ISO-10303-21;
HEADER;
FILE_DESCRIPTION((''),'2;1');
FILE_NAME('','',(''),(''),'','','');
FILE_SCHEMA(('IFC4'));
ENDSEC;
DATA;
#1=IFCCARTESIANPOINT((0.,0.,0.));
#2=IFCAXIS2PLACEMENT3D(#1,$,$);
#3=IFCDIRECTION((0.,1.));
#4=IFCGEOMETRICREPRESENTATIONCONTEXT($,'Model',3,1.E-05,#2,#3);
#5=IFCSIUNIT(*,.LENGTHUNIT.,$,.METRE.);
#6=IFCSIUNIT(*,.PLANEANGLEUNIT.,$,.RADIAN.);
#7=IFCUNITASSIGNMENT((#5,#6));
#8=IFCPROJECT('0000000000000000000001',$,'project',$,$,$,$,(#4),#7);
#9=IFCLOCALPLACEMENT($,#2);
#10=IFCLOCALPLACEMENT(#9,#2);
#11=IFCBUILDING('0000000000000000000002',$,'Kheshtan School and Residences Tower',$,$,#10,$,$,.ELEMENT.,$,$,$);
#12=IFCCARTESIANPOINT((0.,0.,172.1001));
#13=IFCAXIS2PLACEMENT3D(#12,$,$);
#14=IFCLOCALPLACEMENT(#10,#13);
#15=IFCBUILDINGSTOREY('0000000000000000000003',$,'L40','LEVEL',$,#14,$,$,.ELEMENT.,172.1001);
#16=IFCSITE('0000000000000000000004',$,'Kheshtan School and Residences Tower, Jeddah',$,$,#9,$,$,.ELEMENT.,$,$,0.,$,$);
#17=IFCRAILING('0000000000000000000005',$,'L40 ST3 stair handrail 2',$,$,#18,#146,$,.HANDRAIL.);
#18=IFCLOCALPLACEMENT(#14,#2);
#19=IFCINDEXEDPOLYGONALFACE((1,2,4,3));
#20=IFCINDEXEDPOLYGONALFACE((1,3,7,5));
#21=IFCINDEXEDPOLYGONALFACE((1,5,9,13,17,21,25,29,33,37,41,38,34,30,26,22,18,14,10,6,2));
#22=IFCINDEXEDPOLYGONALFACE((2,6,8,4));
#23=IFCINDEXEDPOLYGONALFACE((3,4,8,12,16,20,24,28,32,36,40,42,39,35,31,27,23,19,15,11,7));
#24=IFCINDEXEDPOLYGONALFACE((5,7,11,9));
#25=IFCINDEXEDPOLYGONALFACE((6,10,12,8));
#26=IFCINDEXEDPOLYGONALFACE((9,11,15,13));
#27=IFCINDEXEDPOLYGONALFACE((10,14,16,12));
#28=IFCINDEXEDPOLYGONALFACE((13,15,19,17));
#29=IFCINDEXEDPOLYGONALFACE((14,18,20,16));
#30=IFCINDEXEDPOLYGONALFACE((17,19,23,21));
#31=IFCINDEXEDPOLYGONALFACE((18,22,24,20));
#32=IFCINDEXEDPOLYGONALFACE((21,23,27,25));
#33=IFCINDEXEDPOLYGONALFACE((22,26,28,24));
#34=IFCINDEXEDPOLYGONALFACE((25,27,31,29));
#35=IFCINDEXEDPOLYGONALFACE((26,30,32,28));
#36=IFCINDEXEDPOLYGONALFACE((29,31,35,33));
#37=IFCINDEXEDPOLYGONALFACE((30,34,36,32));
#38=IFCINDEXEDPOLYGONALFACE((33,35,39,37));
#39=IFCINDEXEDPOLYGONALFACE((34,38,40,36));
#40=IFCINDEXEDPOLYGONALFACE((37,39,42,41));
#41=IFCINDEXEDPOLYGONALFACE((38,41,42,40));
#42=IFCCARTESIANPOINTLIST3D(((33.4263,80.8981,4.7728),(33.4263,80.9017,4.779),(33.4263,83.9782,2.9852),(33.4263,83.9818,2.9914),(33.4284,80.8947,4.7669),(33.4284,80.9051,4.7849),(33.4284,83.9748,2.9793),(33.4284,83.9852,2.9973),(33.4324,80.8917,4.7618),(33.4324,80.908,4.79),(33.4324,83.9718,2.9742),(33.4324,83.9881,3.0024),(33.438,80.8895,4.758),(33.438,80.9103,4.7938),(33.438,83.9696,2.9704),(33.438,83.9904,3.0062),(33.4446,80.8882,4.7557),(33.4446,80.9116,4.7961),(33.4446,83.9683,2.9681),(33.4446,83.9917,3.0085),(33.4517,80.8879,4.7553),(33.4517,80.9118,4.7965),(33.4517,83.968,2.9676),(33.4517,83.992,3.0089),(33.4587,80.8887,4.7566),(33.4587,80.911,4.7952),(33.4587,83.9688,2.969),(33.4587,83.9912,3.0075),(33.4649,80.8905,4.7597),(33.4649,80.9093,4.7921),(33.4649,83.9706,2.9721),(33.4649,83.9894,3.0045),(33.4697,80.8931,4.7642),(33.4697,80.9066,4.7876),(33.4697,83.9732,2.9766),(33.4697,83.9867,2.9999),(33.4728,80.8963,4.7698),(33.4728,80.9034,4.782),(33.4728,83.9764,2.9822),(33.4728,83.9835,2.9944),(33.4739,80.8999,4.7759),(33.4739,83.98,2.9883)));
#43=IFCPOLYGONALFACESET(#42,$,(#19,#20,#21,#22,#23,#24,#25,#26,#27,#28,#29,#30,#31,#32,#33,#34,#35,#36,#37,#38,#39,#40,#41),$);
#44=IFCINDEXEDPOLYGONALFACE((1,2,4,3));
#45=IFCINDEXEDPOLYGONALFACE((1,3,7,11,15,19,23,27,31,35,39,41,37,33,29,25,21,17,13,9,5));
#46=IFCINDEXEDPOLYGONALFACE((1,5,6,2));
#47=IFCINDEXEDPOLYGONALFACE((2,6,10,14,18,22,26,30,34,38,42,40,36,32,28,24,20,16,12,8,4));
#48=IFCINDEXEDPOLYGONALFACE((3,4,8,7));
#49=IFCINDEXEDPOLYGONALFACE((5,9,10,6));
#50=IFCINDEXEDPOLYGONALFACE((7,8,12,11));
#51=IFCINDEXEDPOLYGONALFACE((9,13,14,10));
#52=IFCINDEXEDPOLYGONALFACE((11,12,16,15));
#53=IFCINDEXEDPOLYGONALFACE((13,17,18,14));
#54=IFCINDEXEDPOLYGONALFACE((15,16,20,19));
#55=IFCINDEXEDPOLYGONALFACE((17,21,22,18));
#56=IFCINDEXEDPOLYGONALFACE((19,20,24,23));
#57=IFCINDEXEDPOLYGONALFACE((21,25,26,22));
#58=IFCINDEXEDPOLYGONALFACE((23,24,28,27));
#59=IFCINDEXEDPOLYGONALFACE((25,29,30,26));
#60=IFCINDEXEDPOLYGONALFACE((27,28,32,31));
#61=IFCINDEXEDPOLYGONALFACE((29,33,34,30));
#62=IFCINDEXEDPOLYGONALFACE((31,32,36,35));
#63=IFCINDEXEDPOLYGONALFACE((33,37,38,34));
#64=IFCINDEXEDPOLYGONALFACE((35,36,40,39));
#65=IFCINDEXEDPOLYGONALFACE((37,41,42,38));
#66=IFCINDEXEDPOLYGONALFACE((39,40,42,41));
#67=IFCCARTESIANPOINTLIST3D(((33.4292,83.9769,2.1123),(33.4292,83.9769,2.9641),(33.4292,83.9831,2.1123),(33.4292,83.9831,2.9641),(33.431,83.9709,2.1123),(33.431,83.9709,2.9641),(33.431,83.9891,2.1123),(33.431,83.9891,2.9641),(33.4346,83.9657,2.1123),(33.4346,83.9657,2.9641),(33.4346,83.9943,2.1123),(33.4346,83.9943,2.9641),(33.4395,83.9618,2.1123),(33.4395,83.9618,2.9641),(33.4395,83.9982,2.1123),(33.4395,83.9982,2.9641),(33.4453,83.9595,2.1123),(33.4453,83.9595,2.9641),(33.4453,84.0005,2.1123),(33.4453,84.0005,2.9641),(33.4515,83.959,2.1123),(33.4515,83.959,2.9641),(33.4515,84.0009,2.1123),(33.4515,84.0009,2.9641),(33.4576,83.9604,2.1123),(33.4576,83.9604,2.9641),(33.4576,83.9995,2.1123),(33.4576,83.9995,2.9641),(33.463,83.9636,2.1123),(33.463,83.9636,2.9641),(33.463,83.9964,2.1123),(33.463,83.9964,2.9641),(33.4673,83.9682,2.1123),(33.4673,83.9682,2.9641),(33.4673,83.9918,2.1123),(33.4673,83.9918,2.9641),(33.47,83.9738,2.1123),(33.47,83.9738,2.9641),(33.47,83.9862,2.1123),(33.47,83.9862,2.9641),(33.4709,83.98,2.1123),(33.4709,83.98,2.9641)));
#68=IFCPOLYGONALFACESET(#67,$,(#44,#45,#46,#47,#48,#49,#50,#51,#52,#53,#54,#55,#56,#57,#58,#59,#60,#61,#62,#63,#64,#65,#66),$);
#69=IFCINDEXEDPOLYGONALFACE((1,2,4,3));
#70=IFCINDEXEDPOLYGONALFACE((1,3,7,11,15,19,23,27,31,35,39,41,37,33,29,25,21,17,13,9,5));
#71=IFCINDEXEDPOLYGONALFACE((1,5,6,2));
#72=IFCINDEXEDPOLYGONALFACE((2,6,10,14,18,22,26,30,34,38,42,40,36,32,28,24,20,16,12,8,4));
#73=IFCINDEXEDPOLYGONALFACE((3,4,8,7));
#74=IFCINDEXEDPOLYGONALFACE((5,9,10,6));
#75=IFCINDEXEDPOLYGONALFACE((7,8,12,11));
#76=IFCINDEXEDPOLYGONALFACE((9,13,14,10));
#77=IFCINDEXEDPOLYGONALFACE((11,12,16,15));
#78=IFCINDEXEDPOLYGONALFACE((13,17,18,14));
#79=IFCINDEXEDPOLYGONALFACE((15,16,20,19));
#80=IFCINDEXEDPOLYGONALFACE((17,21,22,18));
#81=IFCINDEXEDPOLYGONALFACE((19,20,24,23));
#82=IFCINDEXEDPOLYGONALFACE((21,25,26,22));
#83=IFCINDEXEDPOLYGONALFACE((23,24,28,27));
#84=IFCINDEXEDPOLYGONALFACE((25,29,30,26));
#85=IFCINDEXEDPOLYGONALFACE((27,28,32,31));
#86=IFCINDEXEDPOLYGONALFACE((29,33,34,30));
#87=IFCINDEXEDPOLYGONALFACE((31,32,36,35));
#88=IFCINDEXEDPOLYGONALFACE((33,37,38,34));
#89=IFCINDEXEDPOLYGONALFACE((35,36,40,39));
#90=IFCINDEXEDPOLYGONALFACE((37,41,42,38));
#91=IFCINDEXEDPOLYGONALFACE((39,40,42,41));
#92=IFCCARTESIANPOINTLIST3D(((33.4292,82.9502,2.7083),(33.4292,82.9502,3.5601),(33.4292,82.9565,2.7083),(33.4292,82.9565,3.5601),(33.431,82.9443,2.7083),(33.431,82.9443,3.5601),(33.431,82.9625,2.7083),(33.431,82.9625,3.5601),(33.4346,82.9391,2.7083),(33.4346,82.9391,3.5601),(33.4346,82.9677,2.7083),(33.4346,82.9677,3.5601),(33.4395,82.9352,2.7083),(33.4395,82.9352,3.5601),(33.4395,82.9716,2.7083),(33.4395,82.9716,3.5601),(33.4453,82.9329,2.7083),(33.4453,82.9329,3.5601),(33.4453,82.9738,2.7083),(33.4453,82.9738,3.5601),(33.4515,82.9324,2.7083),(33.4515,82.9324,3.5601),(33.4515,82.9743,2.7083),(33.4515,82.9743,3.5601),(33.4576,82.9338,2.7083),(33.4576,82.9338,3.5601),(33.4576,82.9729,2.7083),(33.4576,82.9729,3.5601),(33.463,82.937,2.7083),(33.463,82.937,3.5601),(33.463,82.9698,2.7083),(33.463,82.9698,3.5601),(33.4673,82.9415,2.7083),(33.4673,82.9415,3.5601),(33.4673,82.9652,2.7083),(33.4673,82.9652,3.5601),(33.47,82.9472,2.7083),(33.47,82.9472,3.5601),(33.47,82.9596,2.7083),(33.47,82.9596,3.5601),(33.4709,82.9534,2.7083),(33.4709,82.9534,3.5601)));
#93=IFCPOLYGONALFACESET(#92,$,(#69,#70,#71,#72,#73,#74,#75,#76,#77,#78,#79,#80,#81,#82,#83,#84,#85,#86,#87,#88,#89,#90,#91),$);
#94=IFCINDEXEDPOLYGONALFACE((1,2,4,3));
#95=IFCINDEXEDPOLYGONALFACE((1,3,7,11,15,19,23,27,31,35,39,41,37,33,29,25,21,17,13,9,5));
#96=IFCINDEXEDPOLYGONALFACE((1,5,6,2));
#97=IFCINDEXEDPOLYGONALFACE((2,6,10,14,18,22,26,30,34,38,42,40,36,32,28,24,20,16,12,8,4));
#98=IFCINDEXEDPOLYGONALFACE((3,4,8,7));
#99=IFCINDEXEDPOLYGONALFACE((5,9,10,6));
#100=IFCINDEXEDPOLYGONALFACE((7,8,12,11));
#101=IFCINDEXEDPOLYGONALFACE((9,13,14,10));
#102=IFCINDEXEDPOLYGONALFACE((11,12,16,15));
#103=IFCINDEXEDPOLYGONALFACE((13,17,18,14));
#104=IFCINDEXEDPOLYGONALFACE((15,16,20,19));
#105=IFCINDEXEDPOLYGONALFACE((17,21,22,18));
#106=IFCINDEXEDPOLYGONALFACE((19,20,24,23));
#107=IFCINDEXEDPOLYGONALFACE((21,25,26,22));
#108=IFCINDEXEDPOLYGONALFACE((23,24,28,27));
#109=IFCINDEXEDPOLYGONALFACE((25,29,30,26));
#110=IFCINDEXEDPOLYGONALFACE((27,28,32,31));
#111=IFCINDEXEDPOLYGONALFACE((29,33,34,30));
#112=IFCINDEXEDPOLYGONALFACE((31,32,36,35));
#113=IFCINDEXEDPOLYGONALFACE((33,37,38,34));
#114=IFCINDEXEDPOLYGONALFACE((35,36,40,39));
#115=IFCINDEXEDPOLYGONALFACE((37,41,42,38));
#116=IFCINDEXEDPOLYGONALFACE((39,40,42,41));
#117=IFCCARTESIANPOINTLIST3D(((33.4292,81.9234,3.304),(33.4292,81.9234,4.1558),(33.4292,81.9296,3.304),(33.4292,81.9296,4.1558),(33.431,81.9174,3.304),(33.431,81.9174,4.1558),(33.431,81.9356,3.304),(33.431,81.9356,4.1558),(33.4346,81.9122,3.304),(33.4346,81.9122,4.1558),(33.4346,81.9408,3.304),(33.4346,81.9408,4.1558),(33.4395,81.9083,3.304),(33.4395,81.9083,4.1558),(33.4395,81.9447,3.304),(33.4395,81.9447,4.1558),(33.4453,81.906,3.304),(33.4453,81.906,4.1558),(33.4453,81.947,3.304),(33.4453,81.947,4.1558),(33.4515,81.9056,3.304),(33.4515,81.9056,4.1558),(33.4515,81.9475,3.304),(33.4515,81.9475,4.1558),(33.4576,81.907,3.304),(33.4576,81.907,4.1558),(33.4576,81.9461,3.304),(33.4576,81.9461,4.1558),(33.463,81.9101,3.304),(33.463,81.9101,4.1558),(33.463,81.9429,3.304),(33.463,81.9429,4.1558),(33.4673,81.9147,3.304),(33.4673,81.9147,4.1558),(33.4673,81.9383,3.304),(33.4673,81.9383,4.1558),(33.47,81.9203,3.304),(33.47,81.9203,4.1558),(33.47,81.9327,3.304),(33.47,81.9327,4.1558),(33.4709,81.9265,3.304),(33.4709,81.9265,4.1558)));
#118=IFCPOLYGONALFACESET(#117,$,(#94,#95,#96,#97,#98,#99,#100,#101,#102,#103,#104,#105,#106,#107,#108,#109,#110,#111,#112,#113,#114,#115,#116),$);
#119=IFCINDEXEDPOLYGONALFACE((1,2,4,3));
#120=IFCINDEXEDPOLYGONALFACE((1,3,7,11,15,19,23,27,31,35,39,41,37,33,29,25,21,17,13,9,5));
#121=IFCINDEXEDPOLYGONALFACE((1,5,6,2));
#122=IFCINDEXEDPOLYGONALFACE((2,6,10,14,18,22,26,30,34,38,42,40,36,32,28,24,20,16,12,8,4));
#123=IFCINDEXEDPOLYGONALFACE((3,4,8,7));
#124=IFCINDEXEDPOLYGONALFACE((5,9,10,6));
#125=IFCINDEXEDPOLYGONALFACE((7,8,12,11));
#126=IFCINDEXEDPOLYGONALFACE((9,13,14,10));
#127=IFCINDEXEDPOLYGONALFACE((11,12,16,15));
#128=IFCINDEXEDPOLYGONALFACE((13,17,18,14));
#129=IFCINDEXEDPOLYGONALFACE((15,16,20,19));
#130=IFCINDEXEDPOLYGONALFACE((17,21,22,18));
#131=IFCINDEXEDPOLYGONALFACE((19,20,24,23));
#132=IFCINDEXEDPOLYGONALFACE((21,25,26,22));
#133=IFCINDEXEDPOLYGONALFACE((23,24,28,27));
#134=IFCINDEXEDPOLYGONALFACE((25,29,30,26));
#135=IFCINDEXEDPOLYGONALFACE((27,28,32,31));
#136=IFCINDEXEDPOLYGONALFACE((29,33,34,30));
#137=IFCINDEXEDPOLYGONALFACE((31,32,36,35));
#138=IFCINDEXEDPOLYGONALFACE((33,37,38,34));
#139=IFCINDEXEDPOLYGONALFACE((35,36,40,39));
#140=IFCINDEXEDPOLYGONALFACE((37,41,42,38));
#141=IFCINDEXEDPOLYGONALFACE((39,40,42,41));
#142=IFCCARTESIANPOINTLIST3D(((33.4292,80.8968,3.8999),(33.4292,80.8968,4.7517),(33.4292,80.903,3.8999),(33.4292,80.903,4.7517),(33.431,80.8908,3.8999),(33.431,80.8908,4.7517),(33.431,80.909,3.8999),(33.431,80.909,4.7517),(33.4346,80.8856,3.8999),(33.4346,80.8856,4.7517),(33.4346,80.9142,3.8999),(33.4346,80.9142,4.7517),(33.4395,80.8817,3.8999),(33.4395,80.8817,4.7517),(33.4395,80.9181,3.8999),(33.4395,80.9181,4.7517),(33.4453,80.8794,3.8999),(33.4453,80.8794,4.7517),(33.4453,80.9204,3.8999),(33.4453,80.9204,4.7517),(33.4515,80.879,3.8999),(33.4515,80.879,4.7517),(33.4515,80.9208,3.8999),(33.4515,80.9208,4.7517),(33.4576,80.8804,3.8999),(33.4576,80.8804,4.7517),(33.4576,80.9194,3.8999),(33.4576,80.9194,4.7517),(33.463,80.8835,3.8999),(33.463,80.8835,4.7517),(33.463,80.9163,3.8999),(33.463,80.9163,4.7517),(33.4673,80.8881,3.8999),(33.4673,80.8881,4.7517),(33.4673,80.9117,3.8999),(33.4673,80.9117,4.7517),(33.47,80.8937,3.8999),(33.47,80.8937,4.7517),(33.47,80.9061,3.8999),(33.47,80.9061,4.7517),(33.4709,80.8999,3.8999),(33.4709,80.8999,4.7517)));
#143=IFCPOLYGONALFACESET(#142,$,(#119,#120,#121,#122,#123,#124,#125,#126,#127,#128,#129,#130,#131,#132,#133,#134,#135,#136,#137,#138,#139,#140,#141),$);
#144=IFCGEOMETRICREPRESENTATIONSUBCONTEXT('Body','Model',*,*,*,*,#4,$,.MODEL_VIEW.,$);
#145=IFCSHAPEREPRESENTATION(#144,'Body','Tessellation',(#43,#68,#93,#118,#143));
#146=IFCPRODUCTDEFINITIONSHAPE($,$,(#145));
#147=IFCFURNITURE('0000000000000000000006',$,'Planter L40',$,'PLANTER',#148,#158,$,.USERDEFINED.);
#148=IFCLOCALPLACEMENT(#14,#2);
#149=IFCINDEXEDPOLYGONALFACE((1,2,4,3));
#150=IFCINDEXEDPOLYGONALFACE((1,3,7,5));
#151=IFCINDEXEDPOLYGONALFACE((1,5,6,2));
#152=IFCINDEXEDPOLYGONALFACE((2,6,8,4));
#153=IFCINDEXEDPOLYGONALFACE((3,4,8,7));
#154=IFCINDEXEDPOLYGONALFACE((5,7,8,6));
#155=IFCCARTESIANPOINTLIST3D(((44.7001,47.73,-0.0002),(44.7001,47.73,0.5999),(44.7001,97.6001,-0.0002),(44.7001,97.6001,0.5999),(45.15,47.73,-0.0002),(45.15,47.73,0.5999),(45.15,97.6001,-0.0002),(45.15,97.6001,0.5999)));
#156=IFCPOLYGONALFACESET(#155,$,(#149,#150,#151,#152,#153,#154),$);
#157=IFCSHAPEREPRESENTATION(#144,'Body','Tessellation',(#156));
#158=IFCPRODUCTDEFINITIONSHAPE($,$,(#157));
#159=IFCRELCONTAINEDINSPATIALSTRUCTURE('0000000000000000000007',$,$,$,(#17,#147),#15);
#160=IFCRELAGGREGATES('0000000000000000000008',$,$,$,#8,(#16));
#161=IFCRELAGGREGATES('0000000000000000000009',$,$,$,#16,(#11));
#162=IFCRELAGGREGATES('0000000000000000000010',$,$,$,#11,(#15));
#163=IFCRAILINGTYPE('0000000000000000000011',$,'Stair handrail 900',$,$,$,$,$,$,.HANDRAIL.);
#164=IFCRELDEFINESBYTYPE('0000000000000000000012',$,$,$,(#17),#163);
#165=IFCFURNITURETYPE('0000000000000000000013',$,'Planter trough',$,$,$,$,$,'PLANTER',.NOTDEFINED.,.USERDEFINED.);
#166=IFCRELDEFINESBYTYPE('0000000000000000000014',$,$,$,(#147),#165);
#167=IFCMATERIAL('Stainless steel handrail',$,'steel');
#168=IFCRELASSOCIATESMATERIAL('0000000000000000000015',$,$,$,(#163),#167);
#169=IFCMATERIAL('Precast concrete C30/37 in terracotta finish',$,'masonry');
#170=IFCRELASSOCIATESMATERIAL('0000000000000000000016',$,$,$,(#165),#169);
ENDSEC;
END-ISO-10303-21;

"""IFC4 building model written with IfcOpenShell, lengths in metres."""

from ifc_helpers import new_model, si_unit, direction, frame, origin, origin_2d, place, context, subcontext, project, spatial, rectangle, circle, extrude, material, type_object, element, save


model = new_model("IFC4")

# Units and contexts
model_context = context("Model", 3, precision=1e-05, world=origin(), true_north=direction((0.0, 1.0)))
body_context = subcontext(model_context, "Body", "Model", "MODEL_VIEW")
ifc_project = project(units=[si_unit("LENGTHUNIT", "METRE"), si_unit("PLANEANGLEUNIT", "RADIAN")], contexts=[model_context])

# Site, building, storey
site_placement = place(None, origin())
site = spatial("IfcSite", under=ifc_project, at=site_placement, Name="Kheshtan School and Residences Tower, Jeddah", CompositionType="ELEMENT", RefElevation=0.0)
building_placement = place(site_placement, origin())
building = spatial("IfcBuilding", under=site, at=building_placement, Name="Kheshtan School and Residences Tower", CompositionType="ELEMENT")
storey_placement = place(building_placement, frame((0.0, 0.0, 172.1001)))
storey = spatial("IfcBuildingStorey", under=building, at=storey_placement, Name="L40", Description="LEVEL", CompositionType="ELEMENT", Elevation=172.1001)

# Railing
ifc_material_1 = material(Name="Stainless steel handrail", Category="steel")
railing_type_1 = type_object("IfcRailingType", Name="Stair handrail 900", PredefinedType="HANDRAIL", material=ifc_material_1)
railing_1_placement = place(storey_placement, frame((33.45, 83.98, 2.1123)))
element("IfcRailing", 1, at=railing_1_placement, inside=storey, type_object=railing_type_1, Name="L40 ST3 stair handrail 2", PredefinedType="HANDRAIL", context=body_context, shape_type="SweptSolid", body=[
    extrude(circle(Radius=0.0239, at=origin_2d()), frame((0.0, 0.0, 0.876), z_axis=(0.0, -0.864891, 0.50196), x_axis=(1.0, 0.0, 0.0)), (0.0, 0.0, 1.0), 3.5613),
    extrude(circle(Radius=0.021, at=origin_2d()), origin(), (0.0, 0.0, 1.0), 0.8518),
    extrude(circle(Radius=0.021, at=origin_2d()), frame((0.0, -1.0266, 0.5959)), (0.0, 0.0, 1.0), 0.8518),
    extrude(circle(Radius=0.021, at=origin_2d()), frame((0.0, -2.0535, 1.1917)), (0.0, 0.0, 1.0), 0.8518),
    extrude(circle(Radius=0.021, at=origin_2d()), frame((0.0, -3.0801, 1.7876)), (0.0, 0.0, 1.0), 0.8518),
])

# Furniture
ifc_material_2 = material(Name="Precast concrete C30/37 in terracotta finish", Category="masonry")
furniture_type = type_object("IfcFurnitureType", Name="Planter trough", ElementType="PLANTER", AssemblyPlace="NOTDEFINED", PredefinedType="USERDEFINED", material=ifc_material_2)
furniture_placement = place(storey_placement, frame((44.925, 72.665, -0.0002), z_axis=(0.0, 0.0, 1.0), x_axis=(0.0, -1.0, 0.0)))
element("IfcFurniture", 2, at=furniture_placement, inside=storey, type_object=furniture_type, Name="Planter L40", ObjectType="PLANTER", PredefinedType="USERDEFINED", context=body_context, shape_type="SweptSolid", body=[
    extrude(rectangle(XDim=49.8701, YDim=0.45, at=origin_2d()), origin(), (0.0, 0.0, 1.0), 0.6001),
])

save(model, "model.ifc")
